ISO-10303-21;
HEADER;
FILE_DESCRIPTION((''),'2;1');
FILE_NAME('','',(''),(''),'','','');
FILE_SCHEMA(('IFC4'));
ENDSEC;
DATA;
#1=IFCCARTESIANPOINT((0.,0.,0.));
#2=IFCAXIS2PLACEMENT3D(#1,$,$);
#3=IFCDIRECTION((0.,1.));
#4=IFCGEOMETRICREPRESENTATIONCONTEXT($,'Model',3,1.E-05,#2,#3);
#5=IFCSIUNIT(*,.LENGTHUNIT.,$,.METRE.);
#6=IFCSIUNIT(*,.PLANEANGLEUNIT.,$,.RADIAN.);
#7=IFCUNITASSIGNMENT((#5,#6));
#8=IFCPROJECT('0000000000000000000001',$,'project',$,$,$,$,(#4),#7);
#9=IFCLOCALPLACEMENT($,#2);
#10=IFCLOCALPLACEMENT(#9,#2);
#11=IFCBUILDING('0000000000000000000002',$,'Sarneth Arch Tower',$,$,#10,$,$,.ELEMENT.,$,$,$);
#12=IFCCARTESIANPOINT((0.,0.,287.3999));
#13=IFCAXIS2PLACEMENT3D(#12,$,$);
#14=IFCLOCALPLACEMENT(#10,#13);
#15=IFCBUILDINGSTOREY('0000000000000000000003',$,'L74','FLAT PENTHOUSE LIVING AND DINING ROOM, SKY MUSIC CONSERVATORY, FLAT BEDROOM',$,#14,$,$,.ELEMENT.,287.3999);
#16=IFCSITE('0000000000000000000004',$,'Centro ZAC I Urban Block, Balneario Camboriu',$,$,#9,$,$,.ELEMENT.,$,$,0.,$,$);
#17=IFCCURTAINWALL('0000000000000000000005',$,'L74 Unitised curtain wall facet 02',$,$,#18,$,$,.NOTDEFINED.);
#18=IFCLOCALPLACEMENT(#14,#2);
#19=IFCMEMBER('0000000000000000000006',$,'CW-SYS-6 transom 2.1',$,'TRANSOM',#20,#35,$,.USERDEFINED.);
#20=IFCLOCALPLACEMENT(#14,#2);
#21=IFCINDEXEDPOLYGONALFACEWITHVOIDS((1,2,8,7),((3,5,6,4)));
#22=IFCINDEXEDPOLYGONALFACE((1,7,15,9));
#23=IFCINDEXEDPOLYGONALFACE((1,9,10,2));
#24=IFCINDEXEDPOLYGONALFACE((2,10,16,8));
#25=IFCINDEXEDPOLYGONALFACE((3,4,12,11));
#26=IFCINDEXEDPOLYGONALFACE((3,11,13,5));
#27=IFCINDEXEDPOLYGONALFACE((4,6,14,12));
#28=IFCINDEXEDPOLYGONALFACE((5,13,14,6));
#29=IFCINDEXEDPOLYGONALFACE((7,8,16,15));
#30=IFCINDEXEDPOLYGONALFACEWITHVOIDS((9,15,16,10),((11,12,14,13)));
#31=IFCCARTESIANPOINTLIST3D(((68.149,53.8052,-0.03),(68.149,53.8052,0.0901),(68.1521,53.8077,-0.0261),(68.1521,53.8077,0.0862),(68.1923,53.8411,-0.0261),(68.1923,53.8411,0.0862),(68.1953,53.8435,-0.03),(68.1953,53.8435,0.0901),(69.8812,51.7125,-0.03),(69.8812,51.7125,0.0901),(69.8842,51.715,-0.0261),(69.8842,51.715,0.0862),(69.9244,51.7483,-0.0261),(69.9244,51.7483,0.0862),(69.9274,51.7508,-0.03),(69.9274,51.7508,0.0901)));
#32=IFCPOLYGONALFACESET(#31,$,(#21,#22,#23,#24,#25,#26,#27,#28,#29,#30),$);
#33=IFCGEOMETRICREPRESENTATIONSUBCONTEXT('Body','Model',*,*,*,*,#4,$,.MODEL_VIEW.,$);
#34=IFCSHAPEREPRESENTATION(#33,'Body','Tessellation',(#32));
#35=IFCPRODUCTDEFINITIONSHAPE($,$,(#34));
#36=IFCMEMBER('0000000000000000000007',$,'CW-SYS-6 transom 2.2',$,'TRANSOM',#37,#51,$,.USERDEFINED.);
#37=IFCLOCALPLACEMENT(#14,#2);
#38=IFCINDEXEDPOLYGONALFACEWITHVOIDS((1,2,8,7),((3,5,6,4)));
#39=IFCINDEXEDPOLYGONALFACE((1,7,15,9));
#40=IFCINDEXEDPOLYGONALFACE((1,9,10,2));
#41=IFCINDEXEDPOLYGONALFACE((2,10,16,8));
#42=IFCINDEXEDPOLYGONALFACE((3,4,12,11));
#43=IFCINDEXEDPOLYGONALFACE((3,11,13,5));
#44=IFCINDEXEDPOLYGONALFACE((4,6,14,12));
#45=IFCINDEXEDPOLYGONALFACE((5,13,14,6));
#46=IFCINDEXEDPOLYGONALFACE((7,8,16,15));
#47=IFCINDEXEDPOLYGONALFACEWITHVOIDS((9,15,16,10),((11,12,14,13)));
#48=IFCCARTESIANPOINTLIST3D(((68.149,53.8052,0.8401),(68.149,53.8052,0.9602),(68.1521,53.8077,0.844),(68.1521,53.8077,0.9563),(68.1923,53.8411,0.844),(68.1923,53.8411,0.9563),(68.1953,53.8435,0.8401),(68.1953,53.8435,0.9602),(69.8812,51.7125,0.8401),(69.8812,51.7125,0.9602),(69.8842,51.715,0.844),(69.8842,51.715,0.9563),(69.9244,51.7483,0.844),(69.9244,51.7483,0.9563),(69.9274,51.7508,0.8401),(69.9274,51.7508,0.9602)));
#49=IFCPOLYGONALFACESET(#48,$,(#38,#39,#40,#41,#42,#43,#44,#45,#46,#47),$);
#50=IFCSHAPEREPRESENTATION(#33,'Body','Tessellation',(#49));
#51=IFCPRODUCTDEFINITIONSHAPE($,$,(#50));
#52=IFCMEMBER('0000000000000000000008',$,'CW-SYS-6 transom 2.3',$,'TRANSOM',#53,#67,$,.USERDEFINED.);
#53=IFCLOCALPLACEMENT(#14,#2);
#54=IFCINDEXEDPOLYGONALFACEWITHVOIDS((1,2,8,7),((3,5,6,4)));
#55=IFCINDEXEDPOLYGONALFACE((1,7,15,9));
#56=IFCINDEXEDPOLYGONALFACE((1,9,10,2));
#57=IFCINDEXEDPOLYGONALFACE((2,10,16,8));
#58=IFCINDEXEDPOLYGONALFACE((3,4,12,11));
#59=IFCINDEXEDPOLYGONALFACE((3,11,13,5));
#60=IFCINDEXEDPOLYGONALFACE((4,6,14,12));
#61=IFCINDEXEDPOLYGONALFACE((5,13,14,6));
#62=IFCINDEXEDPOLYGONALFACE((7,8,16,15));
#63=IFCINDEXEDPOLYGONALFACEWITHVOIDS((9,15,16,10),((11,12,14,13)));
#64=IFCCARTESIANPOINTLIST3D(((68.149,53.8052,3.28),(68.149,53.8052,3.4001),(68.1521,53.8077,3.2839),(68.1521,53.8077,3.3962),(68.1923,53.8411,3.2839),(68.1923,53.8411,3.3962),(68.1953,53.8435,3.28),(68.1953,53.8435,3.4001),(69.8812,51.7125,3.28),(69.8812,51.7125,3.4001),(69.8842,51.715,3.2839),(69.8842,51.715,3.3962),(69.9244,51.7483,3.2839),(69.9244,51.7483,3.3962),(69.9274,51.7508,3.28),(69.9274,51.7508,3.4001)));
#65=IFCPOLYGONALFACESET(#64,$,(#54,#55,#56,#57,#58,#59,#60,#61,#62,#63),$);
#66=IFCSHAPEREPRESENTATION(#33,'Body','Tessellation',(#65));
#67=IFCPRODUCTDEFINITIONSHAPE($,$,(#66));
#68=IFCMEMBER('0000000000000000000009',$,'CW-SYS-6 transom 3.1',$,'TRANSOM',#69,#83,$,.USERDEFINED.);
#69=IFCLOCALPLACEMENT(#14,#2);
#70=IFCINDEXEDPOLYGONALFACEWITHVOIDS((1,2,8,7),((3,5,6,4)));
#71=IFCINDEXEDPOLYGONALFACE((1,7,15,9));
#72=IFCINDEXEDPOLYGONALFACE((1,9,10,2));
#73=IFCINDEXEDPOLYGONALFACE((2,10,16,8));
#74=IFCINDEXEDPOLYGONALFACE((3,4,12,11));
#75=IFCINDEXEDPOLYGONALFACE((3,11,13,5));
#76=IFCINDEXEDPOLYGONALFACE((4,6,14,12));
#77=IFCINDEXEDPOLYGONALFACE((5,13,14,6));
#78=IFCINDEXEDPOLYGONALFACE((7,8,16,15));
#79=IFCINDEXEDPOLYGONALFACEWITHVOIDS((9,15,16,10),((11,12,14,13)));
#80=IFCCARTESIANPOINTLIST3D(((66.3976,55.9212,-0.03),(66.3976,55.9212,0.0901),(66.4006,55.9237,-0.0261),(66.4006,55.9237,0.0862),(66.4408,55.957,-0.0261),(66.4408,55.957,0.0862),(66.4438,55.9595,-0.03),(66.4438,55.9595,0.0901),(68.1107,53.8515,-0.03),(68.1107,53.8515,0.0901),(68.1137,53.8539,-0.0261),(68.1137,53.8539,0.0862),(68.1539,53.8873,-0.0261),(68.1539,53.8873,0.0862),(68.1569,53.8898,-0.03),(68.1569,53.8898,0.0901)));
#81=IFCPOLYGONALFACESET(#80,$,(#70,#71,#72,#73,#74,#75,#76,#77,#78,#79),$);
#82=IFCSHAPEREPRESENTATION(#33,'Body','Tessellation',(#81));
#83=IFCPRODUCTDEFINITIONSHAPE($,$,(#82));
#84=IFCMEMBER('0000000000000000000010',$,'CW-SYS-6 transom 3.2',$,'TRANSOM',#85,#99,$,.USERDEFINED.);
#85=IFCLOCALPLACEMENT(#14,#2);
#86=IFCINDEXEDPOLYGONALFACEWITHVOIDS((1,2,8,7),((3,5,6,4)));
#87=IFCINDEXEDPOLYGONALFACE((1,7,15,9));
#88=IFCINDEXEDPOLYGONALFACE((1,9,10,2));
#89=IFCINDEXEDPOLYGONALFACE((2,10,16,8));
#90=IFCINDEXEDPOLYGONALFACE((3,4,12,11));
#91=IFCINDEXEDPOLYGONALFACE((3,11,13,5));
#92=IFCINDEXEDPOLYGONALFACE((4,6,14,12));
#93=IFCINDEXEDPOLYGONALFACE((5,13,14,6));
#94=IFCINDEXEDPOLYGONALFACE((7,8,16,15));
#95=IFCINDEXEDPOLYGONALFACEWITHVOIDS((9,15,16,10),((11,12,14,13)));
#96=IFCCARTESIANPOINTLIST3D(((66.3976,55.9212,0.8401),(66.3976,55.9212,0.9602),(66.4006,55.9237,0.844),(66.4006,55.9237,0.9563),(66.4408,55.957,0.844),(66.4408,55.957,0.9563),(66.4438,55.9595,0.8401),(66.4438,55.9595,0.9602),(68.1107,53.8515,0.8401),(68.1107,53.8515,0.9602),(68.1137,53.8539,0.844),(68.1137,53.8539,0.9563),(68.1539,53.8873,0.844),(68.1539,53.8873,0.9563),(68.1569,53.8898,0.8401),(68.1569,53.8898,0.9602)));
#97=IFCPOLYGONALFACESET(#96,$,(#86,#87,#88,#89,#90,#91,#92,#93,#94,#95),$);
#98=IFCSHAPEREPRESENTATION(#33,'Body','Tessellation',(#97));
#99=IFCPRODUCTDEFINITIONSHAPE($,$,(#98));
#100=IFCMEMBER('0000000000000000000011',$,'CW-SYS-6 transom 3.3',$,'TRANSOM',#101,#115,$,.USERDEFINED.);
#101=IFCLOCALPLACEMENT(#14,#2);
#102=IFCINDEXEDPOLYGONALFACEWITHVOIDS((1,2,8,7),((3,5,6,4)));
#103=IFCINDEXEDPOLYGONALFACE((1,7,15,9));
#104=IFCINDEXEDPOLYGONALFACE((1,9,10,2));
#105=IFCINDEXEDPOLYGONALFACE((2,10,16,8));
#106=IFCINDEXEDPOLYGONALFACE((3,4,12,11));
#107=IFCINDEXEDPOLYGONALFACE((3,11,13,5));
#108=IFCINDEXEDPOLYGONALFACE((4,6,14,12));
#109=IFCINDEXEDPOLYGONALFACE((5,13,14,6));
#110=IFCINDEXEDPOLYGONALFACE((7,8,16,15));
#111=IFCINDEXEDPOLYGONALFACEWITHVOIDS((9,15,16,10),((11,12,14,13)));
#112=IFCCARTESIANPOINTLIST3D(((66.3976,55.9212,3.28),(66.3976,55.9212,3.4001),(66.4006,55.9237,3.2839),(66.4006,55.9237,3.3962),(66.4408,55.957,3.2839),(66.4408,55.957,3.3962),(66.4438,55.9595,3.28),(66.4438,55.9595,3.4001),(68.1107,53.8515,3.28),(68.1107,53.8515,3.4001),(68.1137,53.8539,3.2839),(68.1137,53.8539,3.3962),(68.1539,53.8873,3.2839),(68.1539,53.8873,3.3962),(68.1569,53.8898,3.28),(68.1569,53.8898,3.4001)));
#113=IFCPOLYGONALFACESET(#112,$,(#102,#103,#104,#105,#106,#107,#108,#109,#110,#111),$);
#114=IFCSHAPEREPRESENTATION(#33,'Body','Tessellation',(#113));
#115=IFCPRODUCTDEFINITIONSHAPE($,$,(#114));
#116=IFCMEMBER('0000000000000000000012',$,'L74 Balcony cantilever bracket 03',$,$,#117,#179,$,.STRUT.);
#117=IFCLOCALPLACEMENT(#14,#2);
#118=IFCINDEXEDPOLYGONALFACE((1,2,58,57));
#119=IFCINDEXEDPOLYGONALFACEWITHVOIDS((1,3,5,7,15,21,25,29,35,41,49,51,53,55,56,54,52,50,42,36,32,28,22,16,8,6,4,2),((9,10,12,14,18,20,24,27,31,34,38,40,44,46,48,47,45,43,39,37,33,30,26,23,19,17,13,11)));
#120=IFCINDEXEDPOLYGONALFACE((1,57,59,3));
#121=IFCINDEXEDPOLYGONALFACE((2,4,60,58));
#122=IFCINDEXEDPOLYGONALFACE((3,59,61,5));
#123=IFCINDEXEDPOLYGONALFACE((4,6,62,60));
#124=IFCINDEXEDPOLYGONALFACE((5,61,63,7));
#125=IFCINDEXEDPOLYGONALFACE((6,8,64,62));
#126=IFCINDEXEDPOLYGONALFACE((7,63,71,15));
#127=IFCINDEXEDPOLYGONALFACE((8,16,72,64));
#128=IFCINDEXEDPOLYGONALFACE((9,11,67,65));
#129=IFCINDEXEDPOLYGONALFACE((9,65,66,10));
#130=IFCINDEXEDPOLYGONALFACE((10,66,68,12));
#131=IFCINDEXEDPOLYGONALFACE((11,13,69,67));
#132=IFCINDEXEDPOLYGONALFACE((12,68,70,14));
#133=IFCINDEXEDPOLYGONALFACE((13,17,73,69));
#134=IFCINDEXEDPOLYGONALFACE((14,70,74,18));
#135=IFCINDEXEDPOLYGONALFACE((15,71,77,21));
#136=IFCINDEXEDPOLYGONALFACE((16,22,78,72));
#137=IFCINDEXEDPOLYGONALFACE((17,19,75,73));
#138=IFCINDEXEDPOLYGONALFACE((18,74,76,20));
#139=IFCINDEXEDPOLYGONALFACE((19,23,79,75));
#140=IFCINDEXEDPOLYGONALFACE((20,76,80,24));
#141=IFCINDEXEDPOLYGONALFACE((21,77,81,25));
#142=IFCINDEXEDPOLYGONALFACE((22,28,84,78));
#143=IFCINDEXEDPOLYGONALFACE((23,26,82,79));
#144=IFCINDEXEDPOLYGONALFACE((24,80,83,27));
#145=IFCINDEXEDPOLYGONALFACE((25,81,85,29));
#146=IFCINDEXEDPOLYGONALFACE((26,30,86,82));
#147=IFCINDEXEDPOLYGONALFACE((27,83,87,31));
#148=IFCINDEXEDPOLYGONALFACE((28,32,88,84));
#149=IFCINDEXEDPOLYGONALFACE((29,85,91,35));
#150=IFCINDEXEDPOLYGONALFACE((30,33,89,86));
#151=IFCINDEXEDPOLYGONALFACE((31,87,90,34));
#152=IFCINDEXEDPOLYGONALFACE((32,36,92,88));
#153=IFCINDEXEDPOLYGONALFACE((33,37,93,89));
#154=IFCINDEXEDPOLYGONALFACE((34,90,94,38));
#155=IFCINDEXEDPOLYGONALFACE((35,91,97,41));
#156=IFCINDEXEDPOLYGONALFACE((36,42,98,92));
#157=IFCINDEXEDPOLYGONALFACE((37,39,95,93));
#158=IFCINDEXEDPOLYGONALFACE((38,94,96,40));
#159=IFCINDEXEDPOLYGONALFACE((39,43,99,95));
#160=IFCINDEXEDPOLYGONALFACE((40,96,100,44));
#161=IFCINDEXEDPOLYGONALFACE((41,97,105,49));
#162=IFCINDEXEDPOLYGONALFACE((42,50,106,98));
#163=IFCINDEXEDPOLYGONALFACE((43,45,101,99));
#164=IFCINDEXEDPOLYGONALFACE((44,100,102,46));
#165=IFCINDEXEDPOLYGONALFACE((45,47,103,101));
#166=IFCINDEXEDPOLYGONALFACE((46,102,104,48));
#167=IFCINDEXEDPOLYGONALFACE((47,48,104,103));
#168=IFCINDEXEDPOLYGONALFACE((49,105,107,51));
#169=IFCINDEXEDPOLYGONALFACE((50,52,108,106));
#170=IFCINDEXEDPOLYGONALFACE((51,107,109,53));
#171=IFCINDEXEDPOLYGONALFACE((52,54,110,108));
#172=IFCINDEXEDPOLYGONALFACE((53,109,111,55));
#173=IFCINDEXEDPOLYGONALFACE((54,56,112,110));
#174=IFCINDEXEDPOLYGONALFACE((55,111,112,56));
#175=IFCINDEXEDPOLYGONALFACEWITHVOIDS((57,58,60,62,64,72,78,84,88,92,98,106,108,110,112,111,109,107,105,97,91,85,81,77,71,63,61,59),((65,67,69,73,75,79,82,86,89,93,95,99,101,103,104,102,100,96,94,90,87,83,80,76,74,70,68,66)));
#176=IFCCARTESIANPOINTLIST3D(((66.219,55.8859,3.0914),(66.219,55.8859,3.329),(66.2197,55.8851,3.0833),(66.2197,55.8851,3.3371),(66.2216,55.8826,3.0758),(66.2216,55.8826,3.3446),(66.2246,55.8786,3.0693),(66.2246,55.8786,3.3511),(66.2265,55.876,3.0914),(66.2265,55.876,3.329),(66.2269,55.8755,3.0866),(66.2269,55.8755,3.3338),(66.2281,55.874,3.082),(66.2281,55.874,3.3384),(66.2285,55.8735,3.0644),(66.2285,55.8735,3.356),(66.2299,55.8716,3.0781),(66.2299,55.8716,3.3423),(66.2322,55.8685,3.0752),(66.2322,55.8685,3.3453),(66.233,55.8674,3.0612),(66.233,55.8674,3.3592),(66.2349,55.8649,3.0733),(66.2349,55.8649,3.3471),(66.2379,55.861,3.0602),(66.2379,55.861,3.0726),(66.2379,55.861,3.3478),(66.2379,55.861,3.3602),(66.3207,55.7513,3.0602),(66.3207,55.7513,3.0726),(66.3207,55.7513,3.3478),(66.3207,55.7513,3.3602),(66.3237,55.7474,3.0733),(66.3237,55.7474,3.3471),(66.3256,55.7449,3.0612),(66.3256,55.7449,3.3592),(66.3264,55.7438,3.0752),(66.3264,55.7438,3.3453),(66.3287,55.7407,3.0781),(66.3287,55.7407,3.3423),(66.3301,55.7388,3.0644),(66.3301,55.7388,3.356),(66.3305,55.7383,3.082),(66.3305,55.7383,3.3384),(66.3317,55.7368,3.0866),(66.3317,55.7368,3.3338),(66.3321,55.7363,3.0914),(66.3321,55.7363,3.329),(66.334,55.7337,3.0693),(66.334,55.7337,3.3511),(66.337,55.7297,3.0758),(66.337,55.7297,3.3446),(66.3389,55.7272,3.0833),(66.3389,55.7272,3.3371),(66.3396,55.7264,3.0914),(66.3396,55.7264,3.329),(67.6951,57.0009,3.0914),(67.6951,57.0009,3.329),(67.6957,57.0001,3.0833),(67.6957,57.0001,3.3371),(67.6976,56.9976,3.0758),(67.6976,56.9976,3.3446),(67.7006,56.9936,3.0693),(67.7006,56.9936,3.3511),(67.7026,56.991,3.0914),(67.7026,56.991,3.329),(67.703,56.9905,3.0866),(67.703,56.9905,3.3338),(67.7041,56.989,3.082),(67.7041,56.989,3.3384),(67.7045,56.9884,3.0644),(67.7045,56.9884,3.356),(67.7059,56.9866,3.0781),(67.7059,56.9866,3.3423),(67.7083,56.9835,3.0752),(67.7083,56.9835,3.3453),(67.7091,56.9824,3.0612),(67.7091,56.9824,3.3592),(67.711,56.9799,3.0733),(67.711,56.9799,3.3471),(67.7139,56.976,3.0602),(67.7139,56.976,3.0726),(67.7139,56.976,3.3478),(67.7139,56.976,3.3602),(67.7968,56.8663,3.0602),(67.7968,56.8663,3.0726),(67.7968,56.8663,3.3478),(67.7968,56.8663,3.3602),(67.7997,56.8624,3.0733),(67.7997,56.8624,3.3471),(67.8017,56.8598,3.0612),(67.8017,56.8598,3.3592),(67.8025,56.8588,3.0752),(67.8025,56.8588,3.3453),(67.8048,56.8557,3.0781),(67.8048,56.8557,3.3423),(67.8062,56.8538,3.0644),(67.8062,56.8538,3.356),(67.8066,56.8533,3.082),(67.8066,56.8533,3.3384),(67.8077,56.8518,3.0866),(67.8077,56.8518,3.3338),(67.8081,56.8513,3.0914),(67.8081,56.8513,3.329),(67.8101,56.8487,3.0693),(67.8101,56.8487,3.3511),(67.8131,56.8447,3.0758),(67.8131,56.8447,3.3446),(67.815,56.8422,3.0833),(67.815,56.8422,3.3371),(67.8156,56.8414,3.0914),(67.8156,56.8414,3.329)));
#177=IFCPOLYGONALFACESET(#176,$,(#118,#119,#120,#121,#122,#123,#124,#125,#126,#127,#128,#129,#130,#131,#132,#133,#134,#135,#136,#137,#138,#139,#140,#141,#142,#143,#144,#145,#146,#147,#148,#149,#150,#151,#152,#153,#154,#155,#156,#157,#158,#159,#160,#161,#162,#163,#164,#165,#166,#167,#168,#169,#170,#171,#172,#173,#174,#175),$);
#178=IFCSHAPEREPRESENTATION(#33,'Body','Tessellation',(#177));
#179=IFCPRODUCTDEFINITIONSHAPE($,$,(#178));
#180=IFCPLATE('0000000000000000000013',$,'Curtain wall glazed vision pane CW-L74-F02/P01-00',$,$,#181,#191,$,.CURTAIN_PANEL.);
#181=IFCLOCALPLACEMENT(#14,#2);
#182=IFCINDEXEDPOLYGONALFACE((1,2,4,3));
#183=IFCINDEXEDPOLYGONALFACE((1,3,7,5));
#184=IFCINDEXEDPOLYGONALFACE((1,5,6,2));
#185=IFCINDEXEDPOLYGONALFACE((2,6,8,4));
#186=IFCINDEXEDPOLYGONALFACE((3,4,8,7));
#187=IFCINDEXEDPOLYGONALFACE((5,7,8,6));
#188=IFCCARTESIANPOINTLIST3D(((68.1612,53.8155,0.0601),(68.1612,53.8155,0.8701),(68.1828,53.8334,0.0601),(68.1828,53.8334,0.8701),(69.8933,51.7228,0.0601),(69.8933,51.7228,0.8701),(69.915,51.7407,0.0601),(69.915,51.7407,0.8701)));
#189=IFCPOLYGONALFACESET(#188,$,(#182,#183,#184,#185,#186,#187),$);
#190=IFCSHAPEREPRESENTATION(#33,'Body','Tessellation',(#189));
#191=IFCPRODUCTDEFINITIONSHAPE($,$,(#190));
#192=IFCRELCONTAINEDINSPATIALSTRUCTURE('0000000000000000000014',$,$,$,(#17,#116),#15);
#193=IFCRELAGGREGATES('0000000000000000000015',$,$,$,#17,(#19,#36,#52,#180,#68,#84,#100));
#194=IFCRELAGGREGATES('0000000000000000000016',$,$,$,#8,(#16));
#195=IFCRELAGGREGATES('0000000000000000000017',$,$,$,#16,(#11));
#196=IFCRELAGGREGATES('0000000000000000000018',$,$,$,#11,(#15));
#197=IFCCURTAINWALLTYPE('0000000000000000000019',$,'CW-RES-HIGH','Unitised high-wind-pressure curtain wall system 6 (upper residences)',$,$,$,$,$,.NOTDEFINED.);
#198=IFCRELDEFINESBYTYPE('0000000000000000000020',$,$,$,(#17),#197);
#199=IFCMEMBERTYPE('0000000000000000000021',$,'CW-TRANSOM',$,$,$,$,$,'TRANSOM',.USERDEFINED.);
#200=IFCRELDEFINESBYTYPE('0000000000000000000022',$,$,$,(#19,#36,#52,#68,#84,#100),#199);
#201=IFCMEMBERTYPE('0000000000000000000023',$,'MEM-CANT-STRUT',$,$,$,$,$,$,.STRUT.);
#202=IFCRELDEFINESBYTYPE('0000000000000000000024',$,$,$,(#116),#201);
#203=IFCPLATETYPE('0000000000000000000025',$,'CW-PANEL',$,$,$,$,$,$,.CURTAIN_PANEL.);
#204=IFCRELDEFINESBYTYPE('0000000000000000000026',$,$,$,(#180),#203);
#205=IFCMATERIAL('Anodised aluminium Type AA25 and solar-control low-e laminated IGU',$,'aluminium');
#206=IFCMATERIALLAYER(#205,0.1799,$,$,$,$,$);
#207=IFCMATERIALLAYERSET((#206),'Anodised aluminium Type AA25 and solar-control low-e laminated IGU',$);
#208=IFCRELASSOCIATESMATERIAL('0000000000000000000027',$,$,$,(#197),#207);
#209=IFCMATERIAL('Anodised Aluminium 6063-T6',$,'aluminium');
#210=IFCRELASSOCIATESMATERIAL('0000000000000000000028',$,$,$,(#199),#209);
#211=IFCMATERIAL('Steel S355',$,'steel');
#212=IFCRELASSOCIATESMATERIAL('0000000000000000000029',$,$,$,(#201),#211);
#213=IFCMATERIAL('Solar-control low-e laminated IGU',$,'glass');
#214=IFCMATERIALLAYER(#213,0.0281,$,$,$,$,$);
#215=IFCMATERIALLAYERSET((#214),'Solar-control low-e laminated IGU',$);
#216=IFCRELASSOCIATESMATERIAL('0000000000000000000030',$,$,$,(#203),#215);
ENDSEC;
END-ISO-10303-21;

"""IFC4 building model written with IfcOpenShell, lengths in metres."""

from ifc_helpers import new_model, si_unit, direction, frame, origin, origin_2d, place, context, subcontext, project, spatial, rectangle, hollow_rectangle, extrude, material, layer, layer_set, material_profile, profile_set, type_object, element, aggregate, save


model = new_model("IFC4")

# Units and contexts
model_context = context("Model", 3, precision=1e-05, world=origin(), true_north=direction((0.0, 1.0)))
body_context = subcontext(model_context, "Body", "Model", "MODEL_VIEW")
ifc_project = project(units=[si_unit("LENGTHUNIT", "METRE"), si_unit("PLANEANGLEUNIT", "RADIAN")], contexts=[model_context])

# Site, building, storey
site_placement = place(None, origin())
site = spatial("IfcSite", under=ifc_project, at=site_placement, Name="Centro ZAC I Urban Block, Balneario Camboriu", CompositionType="ELEMENT", RefElevation=0.0)
building_placement = place(site_placement, origin())
building = spatial("IfcBuilding", under=site, at=building_placement, Name="Sarneth Arch Tower", CompositionType="ELEMENT")
storey_placement = place(building_placement, frame((0.0, 0.0, 287.3999)))
storey = spatial("IfcBuildingStorey", under=building, at=storey_placement, Name="L74", Description="FLAT PENTHOUSE LIVING AND DINING ROOM, SKY MUSIC CONSERVATORY, FLAT BEDROOM", CompositionType="ELEMENT", Elevation=287.3999)

# Curtain wall, members
ifc_material_1 = material(Name="Anodised aluminium Type AA25 and solar-control low-e laminated IGU", Category="aluminium")
ifc_layer_1 = layer(ifc_material_1, 0.1799)
ifc_layer_set_1 = layer_set([ifc_layer_1], Name="Anodised aluminium Type AA25 and solar-control low-e laminated IGU")
curtain_wall_type = type_object("IfcCurtainWallType", Name="CW-RES-HIGH", Description="Unitised high-wind-pressure curtain wall system 6 (upper residences)", PredefinedType="NOTDEFINED", material=ifc_layer_set_1)
curtain_wall_placement = place(storey_placement, origin())
curtain_wall = element("IfcCurtainWall", 1, at=curtain_wall_placement, inside=storey, type_object=curtain_wall_type, Name="L74 Unitised curtain wall facet 02", PredefinedType="NOTDEFINED")
ifc_material_2 = material(Name="Anodised Aluminium 6063-T6", Category="aluminium")
ifc_material_profile_1 = material_profile(ifc_material_2, hollow_rectangle(XDim=0.0601, YDim=0.1201, WallThickness=0.0039, at=origin_2d()), Name="AL-TRAN-120x60x4")
ifc_profile_set_1 = profile_set([ifc_material_profile_1], Name="Anodised Aluminium 6063-T6")
member_type_1 = type_object("IfcMemberType", Name="CW-TRANSOM", ElementType="TRANSOM", PredefinedType="USERDEFINED", material=ifc_profile_set_1)
member_1_placement = place(storey_placement, frame((69.9043, 51.7317, 0.03), z_axis=(-0.637617, 0.770353, 0.0), x_axis=(-0.770353, -0.637617, 0.0)))
member_1 = element("IfcMember", 2, at=member_1_placement, type_object=member_type_1, Name="CW-SYS-6 transom 2.1", ObjectType="TRANSOM", PredefinedType="USERDEFINED", context=body_context, shape_type="SweptSolid", body=[
    extrude(hollow_rectangle(XDim=0.0601, YDim=0.1201, WallThickness=0.0039, at=origin_2d()), origin(), (0.0, 0.0, 1.0), 2.7166),
])
member_2_placement = place(storey_placement, frame((69.9043, 51.7317, 0.9001), z_axis=(-0.637617, 0.770353, 0.0), x_axis=(-0.770353, -0.637617, 0.0)))
member_2 = element("IfcMember", 3, at=member_2_placement, type_object=member_type_1, Name="CW-SYS-6 transom 2.2", ObjectType="TRANSOM", PredefinedType="USERDEFINED", context=body_context, shape_type="SweptSolid", body=[
    extrude(hollow_rectangle(XDim=0.0601, YDim=0.1201, WallThickness=0.0039, at=origin_2d()), origin(), (0.0, 0.0, 1.0), 2.7166),
])
member_3_placement = place(storey_placement, frame((69.9043, 51.7317, 3.3401), z_axis=(-0.637617, 0.770353, 0.0), x_axis=(-0.770353, -0.637617, 0.0)))
member_3 = element("IfcMember", 4, at=member_3_placement, type_object=member_type_1, Name="CW-SYS-6 transom 2.3", ObjectType="TRANSOM", PredefinedType="USERDEFINED", context=body_context, shape_type="SweptSolid", body=[
    extrude(hollow_rectangle(XDim=0.0601, YDim=0.1201, WallThickness=0.0039, at=origin_2d()), origin(), (0.0, 0.0, 1.0), 2.7166),
])
member_4_placement = place(storey_placement, frame((68.1338, 53.8706, 0.03), z_axis=(-0.637607, 0.770362, 0.0), x_axis=(-0.770362, -0.637607, 0.0)))
member_4 = element("IfcMember", 5, at=member_4_placement, type_object=member_type_1, Name="CW-SYS-6 transom 3.1", ObjectType="TRANSOM", PredefinedType="USERDEFINED", context=body_context, shape_type="SweptSolid", body=[
    extrude(hollow_rectangle(XDim=0.0601, YDim=0.1201, WallThickness=0.0039, at=origin_2d()), origin(), (0.0, 0.0, 1.0), 2.6868),
])
member_5_placement = place(storey_placement, frame((68.1338, 53.8706, 0.9001), z_axis=(-0.637607, 0.770362, 0.0), x_axis=(-0.770362, -0.637607, 0.0)))
member_5 = element("IfcMember", 6, at=member_5_placement, type_object=member_type_1, Name="CW-SYS-6 transom 3.2", ObjectType="TRANSOM", PredefinedType="USERDEFINED", context=body_context, shape_type="SweptSolid", body=[
    extrude(hollow_rectangle(XDim=0.0601, YDim=0.1201, WallThickness=0.0039, at=origin_2d()), origin(), (0.0, 0.0, 1.0), 2.6868),
])
member_6_placement = place(storey_placement, frame((68.1338, 53.8706, 3.3401), z_axis=(-0.637607, 0.770362, 0.0), x_axis=(-0.770362, -0.637607, 0.0)))
member_6 = element("IfcMember", 7, at=member_6_placement, type_object=member_type_1, Name="CW-SYS-6 transom 3.3", ObjectType="TRANSOM", PredefinedType="USERDEFINED", context=body_context, shape_type="SweptSolid", body=[
    extrude(hollow_rectangle(XDim=0.0601, YDim=0.1201, WallThickness=0.0039, at=origin_2d()), origin(), (0.0, 0.0, 1.0), 2.6868),
])

# Member
ifc_material_3 = material(Name="Steel S355", Category="steel")
ifc_material_profile_2 = material_profile(ifc_material_3, hollow_rectangle(XDim=0.2, YDim=0.3, WallThickness=0.0125, InnerFilletRadius=0.0188, OuterFilletRadius=0.0312, at=origin_2d()), Name="RHS300x200x12.5")
ifc_profile_set_2 = profile_set([ifc_material_profile_2], Name="Steel S355")
member_type_2 = type_object("IfcMemberType", Name="MEM-CANT-STRUT", PredefinedType="STRUT", material=ifc_profile_set_2)
member_7_placement = place(storey_placement, frame((66.2793, 55.8062, 3.2102), z_axis=(0.797936, 0.602742, 0.0), x_axis=(-0.602742, 0.797936, 0.0)))
element("IfcMember", 8, at=member_7_placement, inside=storey, type_object=member_type_2, Name="L74 Balcony cantilever bracket 03", PredefinedType="STRUT", context=body_context, shape_type="SweptSolid", body=[
    extrude(hollow_rectangle(XDim=0.2, YDim=0.3, WallThickness=0.0125, InnerFilletRadius=0.0188, OuterFilletRadius=0.0312, at=origin_2d()), origin(), (0.0, 0.0, 1.0), 1.8499),
])

# Plate
ifc_material_4 = material(Name="Solar-control low-e laminated IGU", Category="glass")
ifc_layer_2 = layer(ifc_material_4, 0.0281)
ifc_layer_set_2 = layer_set([ifc_layer_2], Name="Solar-control low-e laminated IGU")
plate_type_1 = type_object("IfcPlateType", Name="CW-PANEL", PredefinedType="CURTAIN_PANEL", material=ifc_layer_set_2)
plate_1_placement = place(storey_placement, frame((69.0381, 52.7781, 0.0601), z_axis=(0.0, 0.0, 1.0), x_axis=(-0.63761, 0.770359, 0.0)))
plate_1 = element("IfcPlate", 9, at=plate_1_placement, type_object=plate_type_1, Name="Curtain wall glazed vision pane CW-L74-F02/P01-00", PredefinedType="CURTAIN_PANEL", context=body_context, shape_type="SweptSolid", body=[
    extrude(rectangle(XDim=2.7166, YDim=0.0281, at=origin_2d()), origin(), (0.0, 0.0, 1.0), 0.8101),
])
aggregate(curtain_wall, [member_1, member_2, member_3, plate_1, member_4, member_5, member_6])

save(model, "model.ifc")
